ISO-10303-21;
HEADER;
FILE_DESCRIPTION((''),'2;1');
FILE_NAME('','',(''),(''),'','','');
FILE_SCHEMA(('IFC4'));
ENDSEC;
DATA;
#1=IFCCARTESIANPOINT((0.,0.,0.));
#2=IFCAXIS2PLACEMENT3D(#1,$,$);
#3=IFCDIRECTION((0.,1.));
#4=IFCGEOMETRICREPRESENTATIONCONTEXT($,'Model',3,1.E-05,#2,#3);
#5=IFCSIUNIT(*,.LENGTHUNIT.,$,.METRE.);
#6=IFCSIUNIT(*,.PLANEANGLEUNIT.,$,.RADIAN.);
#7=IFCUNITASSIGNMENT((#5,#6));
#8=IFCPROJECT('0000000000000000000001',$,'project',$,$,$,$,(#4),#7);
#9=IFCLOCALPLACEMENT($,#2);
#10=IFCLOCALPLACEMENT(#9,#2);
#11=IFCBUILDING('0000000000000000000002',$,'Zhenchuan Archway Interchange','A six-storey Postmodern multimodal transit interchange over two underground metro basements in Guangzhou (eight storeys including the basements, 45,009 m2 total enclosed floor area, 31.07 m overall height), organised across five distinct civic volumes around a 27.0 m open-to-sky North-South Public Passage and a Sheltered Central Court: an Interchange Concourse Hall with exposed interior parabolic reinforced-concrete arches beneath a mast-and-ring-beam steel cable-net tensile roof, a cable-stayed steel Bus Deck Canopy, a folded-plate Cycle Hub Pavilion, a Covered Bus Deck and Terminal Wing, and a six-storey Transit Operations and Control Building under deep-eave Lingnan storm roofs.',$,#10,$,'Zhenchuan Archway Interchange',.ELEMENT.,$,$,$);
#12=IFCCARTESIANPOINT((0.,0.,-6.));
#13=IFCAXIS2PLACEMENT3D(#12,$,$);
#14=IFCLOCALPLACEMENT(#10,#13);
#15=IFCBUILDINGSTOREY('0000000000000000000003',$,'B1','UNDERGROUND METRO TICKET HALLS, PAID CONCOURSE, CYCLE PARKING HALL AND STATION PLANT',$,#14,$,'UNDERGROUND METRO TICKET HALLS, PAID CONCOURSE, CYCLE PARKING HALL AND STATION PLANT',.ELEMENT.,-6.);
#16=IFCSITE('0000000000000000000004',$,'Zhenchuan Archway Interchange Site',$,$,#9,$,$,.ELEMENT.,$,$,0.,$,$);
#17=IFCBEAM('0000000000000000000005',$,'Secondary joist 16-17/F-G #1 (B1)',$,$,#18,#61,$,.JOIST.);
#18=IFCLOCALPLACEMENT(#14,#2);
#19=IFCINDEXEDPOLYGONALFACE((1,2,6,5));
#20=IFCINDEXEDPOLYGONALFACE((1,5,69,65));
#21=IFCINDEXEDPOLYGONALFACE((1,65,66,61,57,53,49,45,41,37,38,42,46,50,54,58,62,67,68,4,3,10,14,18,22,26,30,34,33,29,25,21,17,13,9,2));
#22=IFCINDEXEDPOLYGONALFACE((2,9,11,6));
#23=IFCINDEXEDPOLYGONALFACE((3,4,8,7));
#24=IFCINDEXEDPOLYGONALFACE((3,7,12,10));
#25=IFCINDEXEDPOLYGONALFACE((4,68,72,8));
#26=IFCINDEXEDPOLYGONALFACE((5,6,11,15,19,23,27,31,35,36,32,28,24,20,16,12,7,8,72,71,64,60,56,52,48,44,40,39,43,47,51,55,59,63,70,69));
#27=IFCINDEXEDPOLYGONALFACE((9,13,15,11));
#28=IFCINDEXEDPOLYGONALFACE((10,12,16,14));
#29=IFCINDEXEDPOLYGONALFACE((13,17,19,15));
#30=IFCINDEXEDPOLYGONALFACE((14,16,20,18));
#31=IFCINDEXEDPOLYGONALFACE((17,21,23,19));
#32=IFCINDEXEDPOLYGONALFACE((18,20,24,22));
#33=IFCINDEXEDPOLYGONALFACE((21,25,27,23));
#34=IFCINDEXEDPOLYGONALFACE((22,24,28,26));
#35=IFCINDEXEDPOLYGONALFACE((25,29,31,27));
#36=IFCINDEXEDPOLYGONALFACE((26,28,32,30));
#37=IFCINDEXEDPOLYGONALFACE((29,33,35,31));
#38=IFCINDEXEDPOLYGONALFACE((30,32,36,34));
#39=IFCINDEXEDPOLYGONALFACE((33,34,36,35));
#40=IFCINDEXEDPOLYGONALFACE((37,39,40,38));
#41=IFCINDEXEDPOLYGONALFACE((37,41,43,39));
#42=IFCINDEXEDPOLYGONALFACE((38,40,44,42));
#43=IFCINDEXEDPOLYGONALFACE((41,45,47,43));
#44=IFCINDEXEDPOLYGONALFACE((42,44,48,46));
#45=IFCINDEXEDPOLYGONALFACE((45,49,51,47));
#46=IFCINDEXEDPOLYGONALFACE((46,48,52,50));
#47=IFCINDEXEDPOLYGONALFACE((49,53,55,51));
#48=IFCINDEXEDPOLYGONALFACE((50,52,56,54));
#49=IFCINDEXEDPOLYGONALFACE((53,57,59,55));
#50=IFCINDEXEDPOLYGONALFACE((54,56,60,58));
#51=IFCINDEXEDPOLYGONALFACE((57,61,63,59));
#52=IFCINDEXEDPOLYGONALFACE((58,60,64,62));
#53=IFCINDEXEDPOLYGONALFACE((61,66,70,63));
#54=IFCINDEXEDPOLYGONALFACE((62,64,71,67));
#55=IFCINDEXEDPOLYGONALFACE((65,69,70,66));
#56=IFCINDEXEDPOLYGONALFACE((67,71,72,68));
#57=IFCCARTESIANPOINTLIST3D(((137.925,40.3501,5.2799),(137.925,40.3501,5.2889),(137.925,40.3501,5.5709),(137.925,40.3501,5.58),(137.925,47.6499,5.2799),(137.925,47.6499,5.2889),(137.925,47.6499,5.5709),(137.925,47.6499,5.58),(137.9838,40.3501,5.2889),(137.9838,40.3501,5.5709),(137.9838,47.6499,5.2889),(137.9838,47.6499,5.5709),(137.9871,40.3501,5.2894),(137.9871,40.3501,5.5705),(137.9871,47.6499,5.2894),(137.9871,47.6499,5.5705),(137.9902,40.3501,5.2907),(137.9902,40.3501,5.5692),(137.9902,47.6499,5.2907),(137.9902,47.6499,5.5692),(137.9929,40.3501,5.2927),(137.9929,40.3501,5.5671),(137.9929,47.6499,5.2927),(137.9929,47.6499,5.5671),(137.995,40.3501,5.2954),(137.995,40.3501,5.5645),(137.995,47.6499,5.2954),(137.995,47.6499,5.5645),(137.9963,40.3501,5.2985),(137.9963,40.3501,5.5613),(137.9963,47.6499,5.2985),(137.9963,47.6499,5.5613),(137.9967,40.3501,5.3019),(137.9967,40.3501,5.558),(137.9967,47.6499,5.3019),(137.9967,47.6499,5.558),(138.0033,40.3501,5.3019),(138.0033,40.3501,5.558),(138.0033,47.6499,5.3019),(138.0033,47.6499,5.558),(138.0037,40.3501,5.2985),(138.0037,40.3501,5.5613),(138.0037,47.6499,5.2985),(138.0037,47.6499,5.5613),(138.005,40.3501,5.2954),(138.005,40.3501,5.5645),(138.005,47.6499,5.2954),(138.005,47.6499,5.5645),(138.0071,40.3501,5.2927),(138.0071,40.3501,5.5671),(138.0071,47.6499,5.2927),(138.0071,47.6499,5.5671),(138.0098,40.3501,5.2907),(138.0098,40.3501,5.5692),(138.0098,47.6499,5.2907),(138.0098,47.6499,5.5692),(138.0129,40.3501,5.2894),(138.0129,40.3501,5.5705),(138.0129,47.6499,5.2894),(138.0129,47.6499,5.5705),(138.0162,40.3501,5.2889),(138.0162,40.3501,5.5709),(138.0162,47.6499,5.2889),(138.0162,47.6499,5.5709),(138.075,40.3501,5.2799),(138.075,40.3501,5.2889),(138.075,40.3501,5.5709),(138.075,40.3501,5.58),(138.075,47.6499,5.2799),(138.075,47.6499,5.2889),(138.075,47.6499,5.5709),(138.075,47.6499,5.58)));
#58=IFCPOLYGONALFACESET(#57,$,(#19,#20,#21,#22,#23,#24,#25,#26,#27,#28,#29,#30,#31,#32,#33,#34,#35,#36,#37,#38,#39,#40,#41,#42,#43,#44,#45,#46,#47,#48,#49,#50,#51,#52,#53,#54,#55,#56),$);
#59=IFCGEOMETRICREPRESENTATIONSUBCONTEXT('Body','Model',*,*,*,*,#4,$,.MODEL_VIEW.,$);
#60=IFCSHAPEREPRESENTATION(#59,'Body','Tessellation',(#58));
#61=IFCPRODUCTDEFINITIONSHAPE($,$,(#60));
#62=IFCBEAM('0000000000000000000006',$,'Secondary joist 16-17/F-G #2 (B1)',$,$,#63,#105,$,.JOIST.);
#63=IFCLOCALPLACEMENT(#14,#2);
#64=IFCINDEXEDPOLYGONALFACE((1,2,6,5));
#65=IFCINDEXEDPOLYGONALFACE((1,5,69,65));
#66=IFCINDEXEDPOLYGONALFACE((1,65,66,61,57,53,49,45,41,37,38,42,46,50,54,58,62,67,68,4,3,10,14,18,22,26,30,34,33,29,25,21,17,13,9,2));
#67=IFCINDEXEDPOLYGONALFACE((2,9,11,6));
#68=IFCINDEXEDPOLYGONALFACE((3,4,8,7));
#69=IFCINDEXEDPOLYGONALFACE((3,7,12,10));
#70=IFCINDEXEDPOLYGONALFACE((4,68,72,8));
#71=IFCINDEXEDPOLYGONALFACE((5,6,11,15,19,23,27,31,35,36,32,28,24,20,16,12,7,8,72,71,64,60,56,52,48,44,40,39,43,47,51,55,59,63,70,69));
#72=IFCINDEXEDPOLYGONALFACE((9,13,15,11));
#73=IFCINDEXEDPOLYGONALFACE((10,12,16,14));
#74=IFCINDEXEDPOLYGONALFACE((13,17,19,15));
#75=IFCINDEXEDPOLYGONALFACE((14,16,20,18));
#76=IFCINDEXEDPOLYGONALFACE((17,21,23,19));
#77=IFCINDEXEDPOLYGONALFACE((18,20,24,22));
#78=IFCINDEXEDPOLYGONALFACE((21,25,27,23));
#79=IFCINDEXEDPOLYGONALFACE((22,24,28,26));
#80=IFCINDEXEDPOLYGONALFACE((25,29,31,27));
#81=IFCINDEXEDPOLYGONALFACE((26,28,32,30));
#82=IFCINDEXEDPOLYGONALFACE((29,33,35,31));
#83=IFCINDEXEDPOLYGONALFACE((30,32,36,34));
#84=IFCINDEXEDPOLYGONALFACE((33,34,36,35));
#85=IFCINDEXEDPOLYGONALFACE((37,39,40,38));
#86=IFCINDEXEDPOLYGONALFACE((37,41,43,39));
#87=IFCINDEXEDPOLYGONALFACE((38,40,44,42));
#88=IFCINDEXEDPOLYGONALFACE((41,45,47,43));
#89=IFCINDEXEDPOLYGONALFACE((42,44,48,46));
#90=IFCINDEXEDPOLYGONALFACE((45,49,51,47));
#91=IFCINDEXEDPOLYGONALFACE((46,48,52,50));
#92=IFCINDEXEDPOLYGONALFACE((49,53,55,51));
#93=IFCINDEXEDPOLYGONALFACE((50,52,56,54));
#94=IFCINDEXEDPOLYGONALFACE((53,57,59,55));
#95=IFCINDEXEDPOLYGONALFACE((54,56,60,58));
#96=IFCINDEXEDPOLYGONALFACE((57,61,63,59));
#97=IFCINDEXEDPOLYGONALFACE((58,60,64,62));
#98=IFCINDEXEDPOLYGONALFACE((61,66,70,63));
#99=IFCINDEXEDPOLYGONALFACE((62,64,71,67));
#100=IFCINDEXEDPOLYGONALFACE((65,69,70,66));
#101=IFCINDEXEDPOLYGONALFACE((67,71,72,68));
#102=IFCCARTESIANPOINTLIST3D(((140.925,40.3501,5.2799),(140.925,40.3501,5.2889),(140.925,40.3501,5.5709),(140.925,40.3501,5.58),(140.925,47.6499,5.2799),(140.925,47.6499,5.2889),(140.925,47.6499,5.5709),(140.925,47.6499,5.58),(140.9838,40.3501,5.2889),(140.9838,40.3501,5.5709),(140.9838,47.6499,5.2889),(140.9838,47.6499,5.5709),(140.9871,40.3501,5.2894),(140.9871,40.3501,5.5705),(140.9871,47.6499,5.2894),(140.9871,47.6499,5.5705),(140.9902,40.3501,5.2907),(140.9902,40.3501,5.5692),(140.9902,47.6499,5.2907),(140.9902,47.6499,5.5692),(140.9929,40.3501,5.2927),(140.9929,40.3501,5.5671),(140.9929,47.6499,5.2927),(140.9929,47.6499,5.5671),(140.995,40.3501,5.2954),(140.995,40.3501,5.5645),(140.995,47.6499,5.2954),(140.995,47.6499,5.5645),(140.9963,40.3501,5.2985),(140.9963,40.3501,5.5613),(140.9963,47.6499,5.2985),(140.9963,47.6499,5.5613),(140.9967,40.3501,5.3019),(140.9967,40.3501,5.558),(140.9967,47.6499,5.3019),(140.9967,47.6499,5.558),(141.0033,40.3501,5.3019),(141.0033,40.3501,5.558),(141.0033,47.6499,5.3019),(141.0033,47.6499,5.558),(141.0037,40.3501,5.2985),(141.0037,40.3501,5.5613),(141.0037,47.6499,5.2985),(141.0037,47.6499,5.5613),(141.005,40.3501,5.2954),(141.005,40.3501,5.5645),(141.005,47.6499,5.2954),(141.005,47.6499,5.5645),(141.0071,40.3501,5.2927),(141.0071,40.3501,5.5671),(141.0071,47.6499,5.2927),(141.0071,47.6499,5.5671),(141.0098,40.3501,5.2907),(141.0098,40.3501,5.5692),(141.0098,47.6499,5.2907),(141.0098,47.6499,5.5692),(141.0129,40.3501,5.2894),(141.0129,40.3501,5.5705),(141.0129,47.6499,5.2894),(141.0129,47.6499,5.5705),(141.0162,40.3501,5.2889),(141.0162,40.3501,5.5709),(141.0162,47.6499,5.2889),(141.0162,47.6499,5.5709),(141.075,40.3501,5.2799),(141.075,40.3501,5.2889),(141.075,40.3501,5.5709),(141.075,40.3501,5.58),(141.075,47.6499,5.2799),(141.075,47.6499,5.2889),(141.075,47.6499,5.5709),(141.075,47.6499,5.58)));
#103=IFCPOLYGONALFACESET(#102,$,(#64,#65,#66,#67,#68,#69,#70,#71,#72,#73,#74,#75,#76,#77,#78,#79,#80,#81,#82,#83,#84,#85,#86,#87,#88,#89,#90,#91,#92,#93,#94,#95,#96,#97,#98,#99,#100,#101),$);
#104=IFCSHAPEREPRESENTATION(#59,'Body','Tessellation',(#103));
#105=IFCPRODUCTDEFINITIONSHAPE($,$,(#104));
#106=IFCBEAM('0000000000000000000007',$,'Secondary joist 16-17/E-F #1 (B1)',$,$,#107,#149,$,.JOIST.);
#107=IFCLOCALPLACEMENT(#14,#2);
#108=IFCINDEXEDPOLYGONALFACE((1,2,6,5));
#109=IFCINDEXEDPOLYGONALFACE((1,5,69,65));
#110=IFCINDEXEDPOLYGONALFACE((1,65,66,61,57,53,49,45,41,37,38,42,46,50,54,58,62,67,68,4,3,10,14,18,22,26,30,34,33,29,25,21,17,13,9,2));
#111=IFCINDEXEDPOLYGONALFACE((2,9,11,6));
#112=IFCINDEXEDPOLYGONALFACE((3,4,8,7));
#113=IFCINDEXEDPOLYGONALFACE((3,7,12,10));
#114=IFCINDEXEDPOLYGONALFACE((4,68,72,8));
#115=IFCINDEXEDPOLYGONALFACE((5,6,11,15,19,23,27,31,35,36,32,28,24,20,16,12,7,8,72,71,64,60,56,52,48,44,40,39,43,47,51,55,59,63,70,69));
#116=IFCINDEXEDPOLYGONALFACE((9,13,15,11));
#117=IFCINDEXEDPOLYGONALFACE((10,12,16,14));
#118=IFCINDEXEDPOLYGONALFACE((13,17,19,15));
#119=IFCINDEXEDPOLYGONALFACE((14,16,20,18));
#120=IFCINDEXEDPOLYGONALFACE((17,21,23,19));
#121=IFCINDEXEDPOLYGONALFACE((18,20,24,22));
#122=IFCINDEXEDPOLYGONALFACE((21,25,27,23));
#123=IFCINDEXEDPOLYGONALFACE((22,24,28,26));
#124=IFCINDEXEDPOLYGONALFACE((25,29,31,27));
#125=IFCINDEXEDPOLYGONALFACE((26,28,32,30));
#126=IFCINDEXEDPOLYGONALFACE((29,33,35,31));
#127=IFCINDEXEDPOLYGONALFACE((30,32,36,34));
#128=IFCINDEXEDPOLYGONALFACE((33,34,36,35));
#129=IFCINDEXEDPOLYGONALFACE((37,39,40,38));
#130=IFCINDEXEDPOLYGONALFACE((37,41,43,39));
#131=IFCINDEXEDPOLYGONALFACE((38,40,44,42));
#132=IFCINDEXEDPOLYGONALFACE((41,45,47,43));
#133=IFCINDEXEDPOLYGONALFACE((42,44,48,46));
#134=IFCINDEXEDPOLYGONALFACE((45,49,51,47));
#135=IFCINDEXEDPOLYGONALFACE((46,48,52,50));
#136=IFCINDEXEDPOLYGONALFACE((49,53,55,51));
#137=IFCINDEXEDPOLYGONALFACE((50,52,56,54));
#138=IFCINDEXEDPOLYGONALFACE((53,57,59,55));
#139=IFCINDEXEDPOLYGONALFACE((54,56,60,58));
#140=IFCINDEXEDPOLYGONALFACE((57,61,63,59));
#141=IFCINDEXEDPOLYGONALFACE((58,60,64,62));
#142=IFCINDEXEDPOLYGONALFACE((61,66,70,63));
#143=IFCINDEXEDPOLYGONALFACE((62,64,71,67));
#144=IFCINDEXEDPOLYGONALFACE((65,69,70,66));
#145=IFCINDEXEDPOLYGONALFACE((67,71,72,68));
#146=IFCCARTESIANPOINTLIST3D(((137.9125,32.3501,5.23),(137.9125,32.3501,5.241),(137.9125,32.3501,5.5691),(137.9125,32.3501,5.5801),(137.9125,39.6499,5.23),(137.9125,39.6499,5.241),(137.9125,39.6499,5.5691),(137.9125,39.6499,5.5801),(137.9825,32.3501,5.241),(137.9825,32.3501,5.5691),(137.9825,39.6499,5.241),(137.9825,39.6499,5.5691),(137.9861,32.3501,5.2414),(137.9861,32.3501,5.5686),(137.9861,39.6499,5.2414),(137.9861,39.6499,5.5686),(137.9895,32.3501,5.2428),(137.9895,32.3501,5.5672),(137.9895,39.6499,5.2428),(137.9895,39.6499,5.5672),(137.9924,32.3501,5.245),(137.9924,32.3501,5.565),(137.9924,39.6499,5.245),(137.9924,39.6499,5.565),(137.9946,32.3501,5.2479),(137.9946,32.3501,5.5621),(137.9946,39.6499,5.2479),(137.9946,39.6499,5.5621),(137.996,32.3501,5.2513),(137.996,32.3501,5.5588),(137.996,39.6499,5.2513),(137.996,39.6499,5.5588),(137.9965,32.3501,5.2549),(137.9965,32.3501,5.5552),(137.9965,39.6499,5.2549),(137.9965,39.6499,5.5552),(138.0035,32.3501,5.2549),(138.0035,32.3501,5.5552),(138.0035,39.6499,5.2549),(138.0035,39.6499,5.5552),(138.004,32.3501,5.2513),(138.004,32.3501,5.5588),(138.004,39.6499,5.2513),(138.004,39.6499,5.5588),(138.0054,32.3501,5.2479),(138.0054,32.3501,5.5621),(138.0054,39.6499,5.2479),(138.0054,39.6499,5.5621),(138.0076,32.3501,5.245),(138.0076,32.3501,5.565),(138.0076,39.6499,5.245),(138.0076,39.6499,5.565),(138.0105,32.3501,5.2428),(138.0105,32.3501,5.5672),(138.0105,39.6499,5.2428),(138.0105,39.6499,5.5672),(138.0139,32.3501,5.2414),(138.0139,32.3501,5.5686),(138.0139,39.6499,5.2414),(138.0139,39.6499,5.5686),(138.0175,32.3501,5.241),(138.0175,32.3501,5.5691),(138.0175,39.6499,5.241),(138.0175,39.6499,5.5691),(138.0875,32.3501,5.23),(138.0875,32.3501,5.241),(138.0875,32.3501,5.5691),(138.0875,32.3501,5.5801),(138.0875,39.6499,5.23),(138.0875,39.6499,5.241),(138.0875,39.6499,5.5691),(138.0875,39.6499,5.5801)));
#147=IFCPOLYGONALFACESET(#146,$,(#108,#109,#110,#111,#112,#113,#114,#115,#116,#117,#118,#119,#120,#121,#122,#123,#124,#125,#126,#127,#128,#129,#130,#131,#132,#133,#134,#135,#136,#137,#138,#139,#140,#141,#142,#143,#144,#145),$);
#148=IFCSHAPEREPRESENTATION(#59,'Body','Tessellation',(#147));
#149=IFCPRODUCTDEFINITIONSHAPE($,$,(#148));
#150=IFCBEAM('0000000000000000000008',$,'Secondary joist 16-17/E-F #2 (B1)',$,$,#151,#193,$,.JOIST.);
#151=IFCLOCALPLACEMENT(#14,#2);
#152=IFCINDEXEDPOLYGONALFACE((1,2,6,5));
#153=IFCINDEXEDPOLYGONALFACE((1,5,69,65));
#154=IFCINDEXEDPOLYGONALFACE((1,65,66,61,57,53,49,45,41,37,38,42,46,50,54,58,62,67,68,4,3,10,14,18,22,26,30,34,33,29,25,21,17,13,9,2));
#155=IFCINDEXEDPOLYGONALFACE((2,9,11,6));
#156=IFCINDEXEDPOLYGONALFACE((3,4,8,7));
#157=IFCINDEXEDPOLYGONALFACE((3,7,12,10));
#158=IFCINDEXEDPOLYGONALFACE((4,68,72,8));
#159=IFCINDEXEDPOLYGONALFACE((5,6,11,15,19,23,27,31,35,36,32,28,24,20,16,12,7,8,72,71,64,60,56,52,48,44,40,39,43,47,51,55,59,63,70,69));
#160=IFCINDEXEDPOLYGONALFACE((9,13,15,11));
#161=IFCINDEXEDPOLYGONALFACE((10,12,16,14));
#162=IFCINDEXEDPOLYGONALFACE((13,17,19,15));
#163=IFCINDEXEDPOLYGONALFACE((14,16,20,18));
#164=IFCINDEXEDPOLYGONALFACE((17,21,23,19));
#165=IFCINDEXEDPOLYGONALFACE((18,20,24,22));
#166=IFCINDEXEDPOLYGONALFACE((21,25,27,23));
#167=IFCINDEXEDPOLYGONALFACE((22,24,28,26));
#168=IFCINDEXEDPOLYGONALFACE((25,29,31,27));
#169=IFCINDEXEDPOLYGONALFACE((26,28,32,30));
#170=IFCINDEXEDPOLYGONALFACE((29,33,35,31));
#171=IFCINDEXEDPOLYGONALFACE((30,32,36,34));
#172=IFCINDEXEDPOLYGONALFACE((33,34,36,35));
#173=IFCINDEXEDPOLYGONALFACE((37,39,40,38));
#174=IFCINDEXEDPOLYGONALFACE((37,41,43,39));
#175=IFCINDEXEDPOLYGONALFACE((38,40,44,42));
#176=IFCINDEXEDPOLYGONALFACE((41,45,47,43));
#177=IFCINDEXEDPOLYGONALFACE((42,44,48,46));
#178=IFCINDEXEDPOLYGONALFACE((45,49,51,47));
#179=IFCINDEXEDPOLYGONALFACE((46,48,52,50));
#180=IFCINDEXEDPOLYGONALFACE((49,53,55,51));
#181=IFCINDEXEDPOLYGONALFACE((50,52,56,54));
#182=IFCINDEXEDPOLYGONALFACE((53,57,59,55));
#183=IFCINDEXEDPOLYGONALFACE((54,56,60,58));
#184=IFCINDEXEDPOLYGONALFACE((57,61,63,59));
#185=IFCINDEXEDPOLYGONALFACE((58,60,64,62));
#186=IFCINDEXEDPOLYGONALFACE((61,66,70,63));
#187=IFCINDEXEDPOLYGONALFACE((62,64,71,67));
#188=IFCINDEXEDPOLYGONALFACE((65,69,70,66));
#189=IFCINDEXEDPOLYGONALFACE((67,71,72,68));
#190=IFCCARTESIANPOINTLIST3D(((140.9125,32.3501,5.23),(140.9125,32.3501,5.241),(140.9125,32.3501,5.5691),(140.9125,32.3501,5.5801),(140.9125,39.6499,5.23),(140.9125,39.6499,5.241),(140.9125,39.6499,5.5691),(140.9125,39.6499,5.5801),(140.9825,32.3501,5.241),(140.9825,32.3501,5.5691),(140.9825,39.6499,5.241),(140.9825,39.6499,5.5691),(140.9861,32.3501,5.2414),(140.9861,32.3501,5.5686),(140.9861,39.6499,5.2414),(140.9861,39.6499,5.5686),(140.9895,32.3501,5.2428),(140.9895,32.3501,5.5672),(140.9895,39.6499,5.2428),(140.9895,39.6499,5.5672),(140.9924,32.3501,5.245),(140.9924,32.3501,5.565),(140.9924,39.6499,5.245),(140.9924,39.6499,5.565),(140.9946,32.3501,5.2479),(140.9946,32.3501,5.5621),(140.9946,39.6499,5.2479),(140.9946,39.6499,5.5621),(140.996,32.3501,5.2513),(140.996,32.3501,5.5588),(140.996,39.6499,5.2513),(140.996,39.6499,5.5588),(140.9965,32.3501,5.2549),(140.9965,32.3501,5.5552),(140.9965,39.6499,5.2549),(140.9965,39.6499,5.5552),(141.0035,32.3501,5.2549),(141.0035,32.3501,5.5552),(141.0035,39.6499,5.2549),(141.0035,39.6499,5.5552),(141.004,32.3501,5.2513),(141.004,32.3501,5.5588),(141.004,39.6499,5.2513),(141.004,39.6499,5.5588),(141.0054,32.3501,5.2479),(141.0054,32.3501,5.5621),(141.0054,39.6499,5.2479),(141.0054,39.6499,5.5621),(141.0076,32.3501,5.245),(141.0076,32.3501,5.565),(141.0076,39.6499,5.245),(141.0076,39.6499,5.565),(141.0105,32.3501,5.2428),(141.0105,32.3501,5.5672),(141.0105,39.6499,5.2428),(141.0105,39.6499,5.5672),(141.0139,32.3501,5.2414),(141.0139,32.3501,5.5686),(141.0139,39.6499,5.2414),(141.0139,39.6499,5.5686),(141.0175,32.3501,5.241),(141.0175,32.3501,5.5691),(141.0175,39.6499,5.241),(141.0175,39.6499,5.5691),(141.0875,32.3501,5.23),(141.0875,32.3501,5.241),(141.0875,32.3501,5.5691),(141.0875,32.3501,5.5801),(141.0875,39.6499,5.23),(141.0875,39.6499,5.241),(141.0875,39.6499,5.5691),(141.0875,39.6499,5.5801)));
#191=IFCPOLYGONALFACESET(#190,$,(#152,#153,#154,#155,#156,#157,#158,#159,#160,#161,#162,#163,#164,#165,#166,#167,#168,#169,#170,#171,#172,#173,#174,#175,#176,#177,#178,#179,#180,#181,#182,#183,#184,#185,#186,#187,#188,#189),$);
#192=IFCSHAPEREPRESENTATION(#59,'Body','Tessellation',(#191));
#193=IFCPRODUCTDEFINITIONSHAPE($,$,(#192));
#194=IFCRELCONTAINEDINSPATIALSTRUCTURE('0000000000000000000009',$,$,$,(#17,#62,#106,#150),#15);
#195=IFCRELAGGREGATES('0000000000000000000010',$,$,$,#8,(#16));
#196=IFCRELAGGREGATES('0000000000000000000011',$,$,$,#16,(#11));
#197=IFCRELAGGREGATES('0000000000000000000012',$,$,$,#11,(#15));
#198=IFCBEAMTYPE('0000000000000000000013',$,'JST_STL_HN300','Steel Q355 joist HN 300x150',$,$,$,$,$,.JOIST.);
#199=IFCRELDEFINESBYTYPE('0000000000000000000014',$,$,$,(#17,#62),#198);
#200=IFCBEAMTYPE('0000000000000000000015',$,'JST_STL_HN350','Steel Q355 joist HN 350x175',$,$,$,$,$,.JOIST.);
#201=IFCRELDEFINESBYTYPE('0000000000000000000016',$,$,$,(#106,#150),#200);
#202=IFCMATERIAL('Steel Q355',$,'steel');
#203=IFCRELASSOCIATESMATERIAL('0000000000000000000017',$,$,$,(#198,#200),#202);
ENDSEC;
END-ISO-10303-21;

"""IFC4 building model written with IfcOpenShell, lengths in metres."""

from ifc_helpers import new_model, si_unit, direction, frame, origin, origin_2d, place, context, subcontext, project, spatial, i_section, extrude, material, material_profile, profile_set, type_object, element, save


model = new_model("IFC4")

# Units and contexts
model_context = context("Model", 3, precision=1e-05, world=origin(), true_north=direction((0.0, 1.0)))
body_context = subcontext(model_context, "Body", "Model", "MODEL_VIEW")
ifc_project = project(units=[si_unit("LENGTHUNIT", "METRE"), si_unit("PLANEANGLEUNIT", "RADIAN")], contexts=[model_context])

# Site, building, storey
site_placement = place(None, origin())
site = spatial("IfcSite", under=ifc_project, at=site_placement, Name="Zhenchuan Archway Interchange Site", CompositionType="ELEMENT", RefElevation=0.0)
building_placement = place(site_placement, origin())
building = spatial("IfcBuilding", under=site, at=building_placement, Name="Zhenchuan Archway Interchange", Description="A six-storey Postmodern multimodal transit interchange over two underground metro basements in Guangzhou (eight storeys including the basements, 45,009 m2 total enclosed floor area, 31.07 m overall height), organised across five distinct civic volumes around a 27.0 m open-to-sky North-South Public Passage and a Sheltered Central Court: an Interchange Concourse Hall with exposed interior parabolic reinforced-concrete arches beneath a mast-and-ring-beam steel cable-net tensile roof, a cable-stayed steel Bus Deck Canopy, a folded-plate Cycle Hub Pavilion, a Covered Bus Deck and Terminal Wing, and a six-storey Transit Operations and Control Building under deep-eave Lingnan storm roofs.", LongName="Zhenchuan Archway Interchange", CompositionType="ELEMENT")
storey_placement = place(building_placement, frame((0.0, 0.0, -6.0)))
storey = spatial("IfcBuildingStorey", under=building, at=storey_placement, Name="B1", Description="UNDERGROUND METRO TICKET HALLS, PAID CONCOURSE, CYCLE PARKING HALL AND STATION PLANT", LongName="UNDERGROUND METRO TICKET HALLS, PAID CONCOURSE, CYCLE PARKING HALL AND STATION PLANT", CompositionType="ELEMENT", Elevation=-6.0)

# Beams
ifc_material_1 = material(Name="Steel Q355", Category="steel")
ifc_material_profile_1 = material_profile(ifc_material_1, i_section(OverallWidth=0.1499, OverallDepth=0.3, WebThickness=0.0066, FlangeThickness=0.009, FilletRadius=0.0129, at=origin_2d()), Name="HN 300x150")
ifc_profile_set_1 = profile_set([ifc_material_profile_1], Name="Steel Q355")
beam_type_1 = type_object("IfcBeamType", Name="JST_STL_HN300", Description="Steel Q355 joist HN 300x150", PredefinedType="JOIST", material=ifc_profile_set_1)
for number, where, z_axis, x_axis, name in (
    (1, (138.0, 40.3501, 5.4299), (0.0, 1.0, 0.0), (-1.0, 0.0, 0.0), "Secondary joist 16-17/F-G #1 (B1)"),
    (2, (141.0, 40.3501, 5.4299), (0.0, 1.0, 0.0), (-1.0, 0.0, 0.0), "Secondary joist 16-17/F-G #2 (B1)"),
):
    element("IfcBeam", number, at=place(storey_placement, frame(where, z_axis=z_axis, x_axis=x_axis)), inside=storey, type_object=beam_type_1, Name=name, PredefinedType="JOIST", context=body_context, shape_type="SweptSolid", body=[
        extrude(i_section(OverallWidth=0.1499, OverallDepth=0.3, WebThickness=0.0066, FlangeThickness=0.009, FilletRadius=0.0129, at=origin_2d()), origin(), (0.0, 0.0, 1.0), 7.2998),
    ])
ifc_material_profile_2 = material_profile(ifc_material_1, i_section(OverallWidth=0.175, OverallDepth=0.3501, WebThickness=0.0071, FlangeThickness=0.011, FilletRadius=0.0139, at=origin_2d()), Name="HN 350x175")
ifc_profile_set_2 = profile_set([ifc_material_profile_2], Name="Steel Q355")
beam_type_2 = type_object("IfcBeamType", Name="JST_STL_HN350", Description="Steel Q355 joist HN 350x175", PredefinedType="JOIST", material=ifc_profile_set_2)
for number, where, z_axis, x_axis, name in (
    (3, (138.0, 32.3501, 5.405), (0.0, 1.0, 0.0), (-1.0, 0.0, 0.0), "Secondary joist 16-17/E-F #1 (B1)"),
    (4, (141.0, 32.3501, 5.405), (0.0, 1.0, 0.0), (-1.0, 0.0, 0.0), "Secondary joist 16-17/E-F #2 (B1)"),
):
    element("IfcBeam", number, at=place(storey_placement, frame(where, z_axis=z_axis, x_axis=x_axis)), inside=storey, type_object=beam_type_2, Name=name, PredefinedType="JOIST", context=body_context, shape_type="SweptSolid", body=[
        extrude(i_section(OverallWidth=0.175, OverallDepth=0.3501, WebThickness=0.0071, FlangeThickness=0.011, FilletRadius=0.0139, at=origin_2d()), origin(), (0.0, 0.0, 1.0), 7.2998),
    ])

save(model, "model.ifc")
